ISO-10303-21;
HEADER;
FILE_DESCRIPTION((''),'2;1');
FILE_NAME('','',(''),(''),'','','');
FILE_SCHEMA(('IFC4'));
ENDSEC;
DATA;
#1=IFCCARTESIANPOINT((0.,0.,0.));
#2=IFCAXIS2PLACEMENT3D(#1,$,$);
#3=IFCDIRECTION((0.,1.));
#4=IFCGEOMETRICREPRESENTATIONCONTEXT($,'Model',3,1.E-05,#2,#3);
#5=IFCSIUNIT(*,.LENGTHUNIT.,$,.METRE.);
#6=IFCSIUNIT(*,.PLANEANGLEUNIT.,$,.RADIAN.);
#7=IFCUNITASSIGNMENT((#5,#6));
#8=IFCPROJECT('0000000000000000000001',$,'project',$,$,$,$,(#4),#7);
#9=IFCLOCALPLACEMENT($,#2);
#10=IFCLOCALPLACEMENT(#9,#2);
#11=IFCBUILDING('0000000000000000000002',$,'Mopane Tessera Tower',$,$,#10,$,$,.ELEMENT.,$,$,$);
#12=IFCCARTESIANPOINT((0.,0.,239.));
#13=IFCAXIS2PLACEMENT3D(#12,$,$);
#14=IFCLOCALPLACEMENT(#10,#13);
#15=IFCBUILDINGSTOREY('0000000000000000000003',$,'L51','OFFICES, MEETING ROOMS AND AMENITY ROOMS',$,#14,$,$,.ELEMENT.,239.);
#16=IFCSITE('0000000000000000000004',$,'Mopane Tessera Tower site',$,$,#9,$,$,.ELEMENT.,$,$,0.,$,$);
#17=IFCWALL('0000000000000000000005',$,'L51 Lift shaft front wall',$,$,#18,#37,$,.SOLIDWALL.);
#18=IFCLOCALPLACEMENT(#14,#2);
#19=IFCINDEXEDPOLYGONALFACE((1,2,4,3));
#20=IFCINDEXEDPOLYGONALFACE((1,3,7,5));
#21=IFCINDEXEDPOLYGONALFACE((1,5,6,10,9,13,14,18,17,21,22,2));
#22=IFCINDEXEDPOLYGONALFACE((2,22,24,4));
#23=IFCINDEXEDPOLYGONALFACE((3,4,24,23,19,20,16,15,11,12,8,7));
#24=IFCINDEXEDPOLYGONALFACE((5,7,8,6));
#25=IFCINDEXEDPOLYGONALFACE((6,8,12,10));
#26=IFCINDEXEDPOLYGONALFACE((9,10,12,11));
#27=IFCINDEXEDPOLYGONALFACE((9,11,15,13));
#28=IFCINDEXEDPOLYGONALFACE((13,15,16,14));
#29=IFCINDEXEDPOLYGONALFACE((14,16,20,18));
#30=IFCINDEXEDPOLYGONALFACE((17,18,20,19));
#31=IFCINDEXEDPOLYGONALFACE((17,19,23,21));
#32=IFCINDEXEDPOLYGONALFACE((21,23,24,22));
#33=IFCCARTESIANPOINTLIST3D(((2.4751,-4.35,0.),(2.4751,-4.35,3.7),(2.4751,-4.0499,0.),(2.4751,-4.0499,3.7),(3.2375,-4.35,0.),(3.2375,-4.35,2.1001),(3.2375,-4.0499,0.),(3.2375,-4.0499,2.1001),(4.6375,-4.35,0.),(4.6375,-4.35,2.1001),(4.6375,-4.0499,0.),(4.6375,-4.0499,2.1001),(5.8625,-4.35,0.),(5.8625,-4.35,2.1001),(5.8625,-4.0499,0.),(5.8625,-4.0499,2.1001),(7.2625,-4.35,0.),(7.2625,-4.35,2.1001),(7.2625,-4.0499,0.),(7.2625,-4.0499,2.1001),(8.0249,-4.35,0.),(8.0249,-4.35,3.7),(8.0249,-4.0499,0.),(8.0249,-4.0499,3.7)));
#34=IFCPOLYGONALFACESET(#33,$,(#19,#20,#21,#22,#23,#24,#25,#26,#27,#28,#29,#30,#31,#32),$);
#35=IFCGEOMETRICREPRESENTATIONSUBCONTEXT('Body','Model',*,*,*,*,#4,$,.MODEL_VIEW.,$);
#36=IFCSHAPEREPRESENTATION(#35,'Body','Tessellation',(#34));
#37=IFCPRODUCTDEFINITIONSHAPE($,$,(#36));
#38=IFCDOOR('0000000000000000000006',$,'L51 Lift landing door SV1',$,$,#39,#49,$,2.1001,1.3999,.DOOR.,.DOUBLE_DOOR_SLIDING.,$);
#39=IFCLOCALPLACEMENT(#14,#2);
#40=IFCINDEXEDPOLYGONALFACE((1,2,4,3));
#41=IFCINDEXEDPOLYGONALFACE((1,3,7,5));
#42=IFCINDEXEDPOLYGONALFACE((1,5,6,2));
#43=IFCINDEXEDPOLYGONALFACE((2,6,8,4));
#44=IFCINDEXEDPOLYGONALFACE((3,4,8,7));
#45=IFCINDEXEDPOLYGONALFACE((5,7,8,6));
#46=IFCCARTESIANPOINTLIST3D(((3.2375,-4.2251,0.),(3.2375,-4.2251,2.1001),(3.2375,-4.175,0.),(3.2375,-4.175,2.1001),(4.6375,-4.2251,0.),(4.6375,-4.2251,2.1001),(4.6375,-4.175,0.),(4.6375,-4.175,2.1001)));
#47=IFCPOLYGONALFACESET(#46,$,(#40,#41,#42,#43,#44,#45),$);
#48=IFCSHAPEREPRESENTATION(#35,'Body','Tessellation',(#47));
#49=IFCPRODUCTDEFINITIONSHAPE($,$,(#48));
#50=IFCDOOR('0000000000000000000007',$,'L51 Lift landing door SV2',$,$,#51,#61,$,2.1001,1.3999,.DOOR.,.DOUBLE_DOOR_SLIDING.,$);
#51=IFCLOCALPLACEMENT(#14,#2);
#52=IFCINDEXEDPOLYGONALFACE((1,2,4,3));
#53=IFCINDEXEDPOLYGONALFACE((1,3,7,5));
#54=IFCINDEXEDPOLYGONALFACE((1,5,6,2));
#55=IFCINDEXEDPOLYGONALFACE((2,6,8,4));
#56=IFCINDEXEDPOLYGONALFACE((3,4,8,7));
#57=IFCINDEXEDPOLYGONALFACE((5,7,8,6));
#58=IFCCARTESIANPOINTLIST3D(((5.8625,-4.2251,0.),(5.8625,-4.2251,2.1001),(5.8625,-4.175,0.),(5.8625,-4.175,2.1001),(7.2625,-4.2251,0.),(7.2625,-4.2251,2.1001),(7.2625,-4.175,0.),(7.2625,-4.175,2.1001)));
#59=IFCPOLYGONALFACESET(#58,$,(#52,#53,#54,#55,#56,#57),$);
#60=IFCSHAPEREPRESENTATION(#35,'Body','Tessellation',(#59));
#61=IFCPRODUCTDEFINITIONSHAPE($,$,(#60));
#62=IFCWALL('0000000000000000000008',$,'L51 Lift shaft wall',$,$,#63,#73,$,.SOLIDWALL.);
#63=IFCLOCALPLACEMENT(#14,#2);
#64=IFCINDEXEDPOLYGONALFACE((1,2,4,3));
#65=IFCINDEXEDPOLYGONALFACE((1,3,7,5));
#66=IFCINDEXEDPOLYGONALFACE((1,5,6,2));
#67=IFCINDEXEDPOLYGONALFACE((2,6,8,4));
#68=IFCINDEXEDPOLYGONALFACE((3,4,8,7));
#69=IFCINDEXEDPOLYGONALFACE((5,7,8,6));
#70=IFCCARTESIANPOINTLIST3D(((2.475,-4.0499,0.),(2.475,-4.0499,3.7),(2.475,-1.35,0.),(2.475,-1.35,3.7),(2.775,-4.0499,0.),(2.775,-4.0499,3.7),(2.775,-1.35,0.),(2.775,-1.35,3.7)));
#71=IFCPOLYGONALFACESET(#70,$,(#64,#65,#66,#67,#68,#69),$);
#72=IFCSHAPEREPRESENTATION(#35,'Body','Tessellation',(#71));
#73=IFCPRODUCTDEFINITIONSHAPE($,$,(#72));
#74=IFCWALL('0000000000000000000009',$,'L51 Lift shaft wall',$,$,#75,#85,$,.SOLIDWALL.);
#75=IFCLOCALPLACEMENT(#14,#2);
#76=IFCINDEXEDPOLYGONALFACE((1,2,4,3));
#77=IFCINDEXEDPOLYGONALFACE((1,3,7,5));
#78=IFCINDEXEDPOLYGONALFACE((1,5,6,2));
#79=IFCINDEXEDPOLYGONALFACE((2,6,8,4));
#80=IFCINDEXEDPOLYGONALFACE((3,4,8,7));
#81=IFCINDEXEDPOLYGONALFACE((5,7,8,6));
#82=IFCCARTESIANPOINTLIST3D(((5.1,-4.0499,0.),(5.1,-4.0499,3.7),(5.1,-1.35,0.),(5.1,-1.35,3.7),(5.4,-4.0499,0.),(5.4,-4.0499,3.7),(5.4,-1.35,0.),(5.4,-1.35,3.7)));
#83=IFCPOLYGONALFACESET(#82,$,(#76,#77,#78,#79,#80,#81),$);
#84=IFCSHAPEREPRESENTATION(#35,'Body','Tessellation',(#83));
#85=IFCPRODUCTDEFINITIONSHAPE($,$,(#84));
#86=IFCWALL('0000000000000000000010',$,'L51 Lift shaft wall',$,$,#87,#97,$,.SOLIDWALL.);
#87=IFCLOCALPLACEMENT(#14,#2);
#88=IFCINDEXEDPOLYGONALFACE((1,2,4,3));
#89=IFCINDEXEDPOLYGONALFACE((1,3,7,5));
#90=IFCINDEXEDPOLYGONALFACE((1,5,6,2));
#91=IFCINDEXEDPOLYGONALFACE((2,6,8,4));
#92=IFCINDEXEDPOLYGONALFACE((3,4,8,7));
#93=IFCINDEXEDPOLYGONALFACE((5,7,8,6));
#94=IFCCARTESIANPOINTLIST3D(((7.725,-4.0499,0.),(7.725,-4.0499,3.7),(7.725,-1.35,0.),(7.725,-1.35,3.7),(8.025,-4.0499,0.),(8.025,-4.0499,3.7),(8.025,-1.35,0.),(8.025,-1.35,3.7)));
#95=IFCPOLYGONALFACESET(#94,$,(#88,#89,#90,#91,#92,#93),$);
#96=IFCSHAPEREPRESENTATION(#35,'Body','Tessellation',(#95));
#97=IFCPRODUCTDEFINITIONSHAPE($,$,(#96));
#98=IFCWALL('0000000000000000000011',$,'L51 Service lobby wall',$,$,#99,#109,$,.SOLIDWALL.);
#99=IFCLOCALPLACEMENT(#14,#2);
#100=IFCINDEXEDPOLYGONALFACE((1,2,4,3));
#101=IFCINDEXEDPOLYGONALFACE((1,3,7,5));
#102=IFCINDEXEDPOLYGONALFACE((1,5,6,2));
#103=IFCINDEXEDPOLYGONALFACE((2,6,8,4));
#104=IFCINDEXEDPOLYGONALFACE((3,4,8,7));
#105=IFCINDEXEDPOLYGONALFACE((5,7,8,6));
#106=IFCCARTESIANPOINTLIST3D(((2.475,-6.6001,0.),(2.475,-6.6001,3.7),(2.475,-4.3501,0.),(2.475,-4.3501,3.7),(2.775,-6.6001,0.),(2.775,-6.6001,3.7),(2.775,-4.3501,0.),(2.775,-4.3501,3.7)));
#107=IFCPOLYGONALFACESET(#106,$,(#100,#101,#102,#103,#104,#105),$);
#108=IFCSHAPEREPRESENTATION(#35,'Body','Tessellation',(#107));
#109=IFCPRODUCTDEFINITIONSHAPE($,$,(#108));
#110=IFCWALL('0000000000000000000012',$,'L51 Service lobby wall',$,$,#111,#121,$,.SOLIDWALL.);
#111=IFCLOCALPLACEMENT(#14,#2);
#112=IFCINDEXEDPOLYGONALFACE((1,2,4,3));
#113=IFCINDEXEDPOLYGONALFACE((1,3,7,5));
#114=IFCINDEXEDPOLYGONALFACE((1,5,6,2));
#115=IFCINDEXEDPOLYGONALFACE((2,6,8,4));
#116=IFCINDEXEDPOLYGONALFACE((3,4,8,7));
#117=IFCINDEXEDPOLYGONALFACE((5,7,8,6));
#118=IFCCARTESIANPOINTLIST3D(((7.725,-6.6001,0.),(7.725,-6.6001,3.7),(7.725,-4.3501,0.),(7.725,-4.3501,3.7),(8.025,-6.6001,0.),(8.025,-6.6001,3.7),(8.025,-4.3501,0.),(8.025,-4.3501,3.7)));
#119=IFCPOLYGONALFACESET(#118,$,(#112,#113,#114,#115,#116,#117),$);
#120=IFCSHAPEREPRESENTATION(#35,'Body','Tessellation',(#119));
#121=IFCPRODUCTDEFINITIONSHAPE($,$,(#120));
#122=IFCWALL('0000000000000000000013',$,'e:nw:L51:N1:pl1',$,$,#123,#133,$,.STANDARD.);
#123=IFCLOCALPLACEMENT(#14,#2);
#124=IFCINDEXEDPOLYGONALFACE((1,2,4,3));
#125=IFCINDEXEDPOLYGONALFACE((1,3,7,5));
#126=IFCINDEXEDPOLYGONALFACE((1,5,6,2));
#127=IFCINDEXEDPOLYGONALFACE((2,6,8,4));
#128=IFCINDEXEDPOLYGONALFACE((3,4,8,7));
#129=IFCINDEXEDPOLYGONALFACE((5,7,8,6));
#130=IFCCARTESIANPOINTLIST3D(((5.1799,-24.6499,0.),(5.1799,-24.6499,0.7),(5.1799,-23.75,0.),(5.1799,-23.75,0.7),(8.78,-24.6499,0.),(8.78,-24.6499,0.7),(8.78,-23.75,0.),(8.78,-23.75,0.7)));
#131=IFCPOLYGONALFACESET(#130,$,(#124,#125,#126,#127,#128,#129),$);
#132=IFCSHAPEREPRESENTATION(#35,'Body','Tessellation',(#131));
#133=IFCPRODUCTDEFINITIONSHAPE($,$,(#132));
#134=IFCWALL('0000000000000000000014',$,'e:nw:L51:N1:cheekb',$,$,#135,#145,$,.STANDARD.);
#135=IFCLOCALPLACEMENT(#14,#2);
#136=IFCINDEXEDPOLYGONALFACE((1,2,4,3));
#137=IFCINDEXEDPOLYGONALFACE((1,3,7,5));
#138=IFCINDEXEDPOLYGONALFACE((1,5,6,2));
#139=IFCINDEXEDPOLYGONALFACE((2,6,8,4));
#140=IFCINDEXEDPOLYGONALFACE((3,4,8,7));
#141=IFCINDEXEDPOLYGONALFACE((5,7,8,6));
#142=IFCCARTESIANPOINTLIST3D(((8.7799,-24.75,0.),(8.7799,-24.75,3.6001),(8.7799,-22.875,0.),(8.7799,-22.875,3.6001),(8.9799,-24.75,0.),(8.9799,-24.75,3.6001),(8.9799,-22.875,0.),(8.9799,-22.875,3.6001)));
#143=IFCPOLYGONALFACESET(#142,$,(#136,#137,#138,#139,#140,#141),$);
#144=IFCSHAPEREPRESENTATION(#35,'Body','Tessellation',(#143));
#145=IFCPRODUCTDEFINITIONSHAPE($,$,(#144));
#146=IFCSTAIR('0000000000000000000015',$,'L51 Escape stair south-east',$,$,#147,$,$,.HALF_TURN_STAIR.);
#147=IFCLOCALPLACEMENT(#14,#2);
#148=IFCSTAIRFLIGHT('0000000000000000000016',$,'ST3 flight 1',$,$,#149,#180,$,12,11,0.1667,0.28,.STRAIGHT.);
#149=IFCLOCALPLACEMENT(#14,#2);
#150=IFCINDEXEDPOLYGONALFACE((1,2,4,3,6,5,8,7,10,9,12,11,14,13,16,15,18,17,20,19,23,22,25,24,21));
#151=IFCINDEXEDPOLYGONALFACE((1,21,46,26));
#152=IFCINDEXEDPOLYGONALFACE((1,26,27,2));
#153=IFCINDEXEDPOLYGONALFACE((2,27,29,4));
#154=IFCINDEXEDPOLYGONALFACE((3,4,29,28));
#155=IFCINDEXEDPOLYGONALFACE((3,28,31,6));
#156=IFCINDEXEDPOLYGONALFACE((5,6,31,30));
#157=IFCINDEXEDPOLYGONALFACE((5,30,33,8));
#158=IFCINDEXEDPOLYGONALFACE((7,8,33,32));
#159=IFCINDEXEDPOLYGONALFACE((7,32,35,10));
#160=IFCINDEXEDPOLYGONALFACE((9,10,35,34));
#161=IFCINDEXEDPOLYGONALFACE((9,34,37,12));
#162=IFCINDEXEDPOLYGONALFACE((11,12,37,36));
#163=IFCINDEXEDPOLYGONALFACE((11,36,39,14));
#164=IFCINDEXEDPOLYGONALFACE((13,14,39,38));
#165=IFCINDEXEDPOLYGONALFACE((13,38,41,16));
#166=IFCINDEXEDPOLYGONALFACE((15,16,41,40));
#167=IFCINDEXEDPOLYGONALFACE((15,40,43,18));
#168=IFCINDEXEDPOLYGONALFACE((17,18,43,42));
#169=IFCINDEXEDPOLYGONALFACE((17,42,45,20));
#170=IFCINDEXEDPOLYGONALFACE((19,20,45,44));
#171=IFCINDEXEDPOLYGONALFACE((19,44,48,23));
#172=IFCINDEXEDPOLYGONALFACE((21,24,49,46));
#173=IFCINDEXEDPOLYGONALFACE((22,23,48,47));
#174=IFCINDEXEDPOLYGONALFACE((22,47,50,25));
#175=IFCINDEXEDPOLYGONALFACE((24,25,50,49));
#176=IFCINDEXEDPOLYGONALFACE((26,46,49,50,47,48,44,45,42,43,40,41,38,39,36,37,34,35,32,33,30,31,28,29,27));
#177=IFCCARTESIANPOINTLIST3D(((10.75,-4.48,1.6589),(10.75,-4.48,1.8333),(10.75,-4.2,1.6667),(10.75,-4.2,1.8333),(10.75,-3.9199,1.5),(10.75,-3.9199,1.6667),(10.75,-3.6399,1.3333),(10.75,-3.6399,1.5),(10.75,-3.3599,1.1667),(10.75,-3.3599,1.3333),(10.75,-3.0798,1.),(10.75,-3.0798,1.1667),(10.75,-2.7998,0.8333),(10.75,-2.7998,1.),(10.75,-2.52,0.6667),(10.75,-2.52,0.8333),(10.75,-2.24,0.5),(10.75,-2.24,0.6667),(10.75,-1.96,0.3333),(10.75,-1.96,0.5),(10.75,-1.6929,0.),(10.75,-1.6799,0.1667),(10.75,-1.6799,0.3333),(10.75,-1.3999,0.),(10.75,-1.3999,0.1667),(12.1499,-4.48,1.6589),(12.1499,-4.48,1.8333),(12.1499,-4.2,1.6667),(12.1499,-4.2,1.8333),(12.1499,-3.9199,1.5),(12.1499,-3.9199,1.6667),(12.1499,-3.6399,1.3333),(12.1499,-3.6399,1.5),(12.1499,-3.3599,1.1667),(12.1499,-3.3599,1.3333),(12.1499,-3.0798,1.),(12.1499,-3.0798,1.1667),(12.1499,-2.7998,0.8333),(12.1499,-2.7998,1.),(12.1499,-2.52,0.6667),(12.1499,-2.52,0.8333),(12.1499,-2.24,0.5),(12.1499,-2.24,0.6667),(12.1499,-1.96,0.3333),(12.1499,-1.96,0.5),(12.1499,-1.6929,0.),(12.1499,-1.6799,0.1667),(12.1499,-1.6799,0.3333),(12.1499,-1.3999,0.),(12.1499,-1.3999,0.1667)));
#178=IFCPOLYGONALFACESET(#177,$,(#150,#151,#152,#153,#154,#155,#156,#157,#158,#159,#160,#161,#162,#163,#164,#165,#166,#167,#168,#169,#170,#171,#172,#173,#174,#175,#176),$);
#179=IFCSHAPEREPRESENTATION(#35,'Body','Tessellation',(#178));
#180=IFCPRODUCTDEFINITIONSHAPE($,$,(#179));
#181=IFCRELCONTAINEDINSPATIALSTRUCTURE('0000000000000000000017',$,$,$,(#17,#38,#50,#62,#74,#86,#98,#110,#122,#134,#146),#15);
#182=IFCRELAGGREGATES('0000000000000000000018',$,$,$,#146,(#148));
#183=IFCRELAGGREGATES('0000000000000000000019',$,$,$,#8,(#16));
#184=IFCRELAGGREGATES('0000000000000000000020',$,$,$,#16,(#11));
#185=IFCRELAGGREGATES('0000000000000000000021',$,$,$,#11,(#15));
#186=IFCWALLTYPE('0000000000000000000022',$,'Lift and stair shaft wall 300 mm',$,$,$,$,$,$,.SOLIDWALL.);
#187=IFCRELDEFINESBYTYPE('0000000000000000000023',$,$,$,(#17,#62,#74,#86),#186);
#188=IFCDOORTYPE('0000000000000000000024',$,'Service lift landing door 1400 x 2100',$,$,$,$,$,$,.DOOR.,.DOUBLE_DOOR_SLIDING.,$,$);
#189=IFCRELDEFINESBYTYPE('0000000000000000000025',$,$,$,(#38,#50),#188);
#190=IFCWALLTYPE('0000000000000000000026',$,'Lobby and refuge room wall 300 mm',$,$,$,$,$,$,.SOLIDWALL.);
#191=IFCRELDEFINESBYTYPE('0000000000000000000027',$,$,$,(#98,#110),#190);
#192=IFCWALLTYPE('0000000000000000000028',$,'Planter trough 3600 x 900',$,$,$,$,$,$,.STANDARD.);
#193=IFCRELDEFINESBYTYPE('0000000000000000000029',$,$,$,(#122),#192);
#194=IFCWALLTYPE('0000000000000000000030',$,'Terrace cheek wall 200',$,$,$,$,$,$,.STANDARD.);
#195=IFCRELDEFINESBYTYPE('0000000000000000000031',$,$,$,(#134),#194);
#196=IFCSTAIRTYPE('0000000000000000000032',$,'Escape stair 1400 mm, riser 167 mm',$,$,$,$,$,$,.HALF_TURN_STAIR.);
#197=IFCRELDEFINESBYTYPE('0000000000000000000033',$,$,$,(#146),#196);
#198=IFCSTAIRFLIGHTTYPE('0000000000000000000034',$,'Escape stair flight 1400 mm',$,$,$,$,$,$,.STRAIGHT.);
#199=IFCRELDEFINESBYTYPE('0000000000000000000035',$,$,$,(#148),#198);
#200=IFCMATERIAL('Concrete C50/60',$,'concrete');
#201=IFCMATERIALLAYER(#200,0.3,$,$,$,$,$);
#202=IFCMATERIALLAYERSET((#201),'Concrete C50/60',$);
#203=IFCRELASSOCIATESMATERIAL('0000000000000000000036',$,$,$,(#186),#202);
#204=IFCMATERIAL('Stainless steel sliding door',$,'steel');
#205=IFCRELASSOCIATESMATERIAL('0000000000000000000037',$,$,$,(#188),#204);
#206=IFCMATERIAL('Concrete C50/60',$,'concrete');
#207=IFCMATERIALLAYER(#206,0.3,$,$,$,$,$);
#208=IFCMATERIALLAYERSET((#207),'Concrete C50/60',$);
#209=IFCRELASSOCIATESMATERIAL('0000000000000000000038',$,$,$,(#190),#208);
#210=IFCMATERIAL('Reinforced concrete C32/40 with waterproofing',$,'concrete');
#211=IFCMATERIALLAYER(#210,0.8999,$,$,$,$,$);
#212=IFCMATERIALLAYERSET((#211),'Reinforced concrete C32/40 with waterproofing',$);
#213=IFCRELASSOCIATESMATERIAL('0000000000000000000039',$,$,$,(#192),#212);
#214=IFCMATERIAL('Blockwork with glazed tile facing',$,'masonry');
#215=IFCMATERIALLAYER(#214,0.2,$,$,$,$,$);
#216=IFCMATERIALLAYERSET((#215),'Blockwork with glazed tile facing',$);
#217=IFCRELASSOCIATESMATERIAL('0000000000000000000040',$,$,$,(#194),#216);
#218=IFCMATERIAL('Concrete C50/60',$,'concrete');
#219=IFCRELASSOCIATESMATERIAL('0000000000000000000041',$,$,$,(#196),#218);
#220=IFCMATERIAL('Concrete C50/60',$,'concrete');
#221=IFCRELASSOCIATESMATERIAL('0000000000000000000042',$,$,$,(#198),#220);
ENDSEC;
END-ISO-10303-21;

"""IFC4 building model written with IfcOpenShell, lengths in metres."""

from ifc_helpers import new_model, si_unit, direction, frame, frame_2d, origin, place, context, subcontext, project, spatial, polyline, rectangle, outline, extrude, material, layer, layer_set, type_object, element, fill, aggregate, save


model = new_model("IFC4")

# Units and contexts
model_context = context("Model", 3, precision=1e-05, world=origin(), true_north=direction((0.0, 1.0)))
body_context = subcontext(model_context, "Body", "Model", "MODEL_VIEW")
ifc_project = project(units=[si_unit("LENGTHUNIT", "METRE"), si_unit("PLANEANGLEUNIT", "RADIAN")], contexts=[model_context])

# Site, building, storey
site_placement = place(None, origin())
site = spatial("IfcSite", under=ifc_project, at=site_placement, Name="Mopane Tessera Tower site", CompositionType="ELEMENT", RefElevation=0.0)
building_placement = place(site_placement, origin())
building = spatial("IfcBuilding", under=site, at=building_placement, Name="Mopane Tessera Tower", CompositionType="ELEMENT")
storey_placement = place(building_placement, frame((0.0, 0.0, 239.0)))
storey = spatial("IfcBuildingStorey", under=building, at=storey_placement, Name="L51", Description="OFFICES, MEETING ROOMS AND AMENITY ROOMS", CompositionType="ELEMENT", Elevation=239.0)

# Wall, openings, doors
ifc_material_1 = material(Name="Concrete C50/60", Category="concrete")
ifc_layer_1 = layer(ifc_material_1, 0.3)
ifc_layer_set_1 = layer_set([ifc_layer_1], Name="Concrete C50/60")
wall_type_1 = type_object("IfcWallType", Name="Lift and stair shaft wall 300 mm", PredefinedType="SOLIDWALL", material=ifc_layer_set_1)
wall_1_placement = place(storey_placement, frame((2.4751, -4.2, 0.0), z_axis=(0.0, 0.0, 1.0), x_axis=(1.0, 0.0, 0.0)))
wall_1 = element("IfcWall", 1, at=wall_1_placement, inside=storey, type_object=wall_type_1, Name="L51 Lift shaft front wall", PredefinedType="SOLIDWALL", context=body_context, shape_type="SweptSolid", body=[
    extrude(rectangle(XDim=5.5498, YDim=0.3, at=frame_2d((2.7749, 0.0))), origin(), (0.0, 0.0, 1.0), 3.7),
])
opening_1_placement = place(wall_1_placement, frame((0.7625, 0.0, 0.0)))
opening_1 = element("IfcOpeningElement", 2, at=opening_1_placement, cuts=wall_1, PredefinedType="OPENING", context=body_context, shape_type="SweptSolid", body=[
    extrude(rectangle(XDim=1.3999, YDim=2.1001, at=frame_2d((0.7, 1.05))), frame((0.0, 0.1621, 0.0), z_axis=(0.0, -1.0, 0.0), x_axis=(1.0, 0.0, 0.0)), (0.0, 0.0, 1.0), 0.324),
])
opening_2_placement = place(wall_1_placement, frame((3.3875, 0.0, 0.0)))
opening_2 = element("IfcOpeningElement", 3, at=opening_2_placement, cuts=wall_1, PredefinedType="OPENING", context=body_context, shape_type="SweptSolid", body=[
    extrude(rectangle(XDim=1.3999, YDim=2.1001, at=frame_2d((0.7, 1.05))), frame((0.0, 0.1621, 0.0), z_axis=(0.0, -1.0, 0.0), x_axis=(1.0, 0.0, 0.0)), (0.0, 0.0, 1.0), 0.324),
])
ifc_material_2 = material(Name="Stainless steel sliding door", Category="steel")
door_type = type_object("IfcDoorType", Name="Service lift landing door 1400 x 2100", OperationType="DOUBLE_DOOR_SLIDING", PredefinedType="DOOR", material=ifc_material_2)
door_1_placement = place(opening_1_placement, origin())
door_1 = element("IfcDoor", 4, at=door_1_placement, inside=storey, type_object=door_type, Name="L51 Lift landing door SV1", OperationType="DOUBLE_DOOR_SLIDING", OverallHeight=2.1001, OverallWidth=1.3999, PredefinedType="DOOR", context=body_context, shape_type="SweptSolid", body=[
    extrude(rectangle(XDim=1.3999, YDim=2.1001, at=frame_2d((0.7, 1.05))), frame((0.0, 0.0249, 0.0), z_axis=(0.0, -1.0, 0.0), x_axis=(1.0, 0.0, 0.0)), (0.0, 0.0, 1.0), 0.05),
])
fill(opening_1, door_1)
door_2_placement = place(opening_2_placement, origin())
door_2 = element("IfcDoor", 5, at=door_2_placement, inside=storey, type_object=door_type, Name="L51 Lift landing door SV2", OperationType="DOUBLE_DOOR_SLIDING", OverallHeight=2.1001, OverallWidth=1.3999, PredefinedType="DOOR", context=body_context, shape_type="SweptSolid", body=[
    extrude(rectangle(XDim=1.3999, YDim=2.1001, at=frame_2d((0.7, 1.05))), frame((0.0, 0.0249, 0.0), z_axis=(0.0, -1.0, 0.0), x_axis=(1.0, 0.0, 0.0)), (0.0, 0.0, 1.0), 0.05),
])
fill(opening_2, door_2)

# Walls
for number, where, z_axis, x_axis, name in (
    (6, (2.625, -4.05, 0.0), (0.0, 0.0, 1.0), (0.0, 1.0, 0.0), "L51 Lift shaft wall"),
    (7, (5.25, -4.05, 0.0), (0.0, 0.0, 1.0), (0.0, 1.0, 0.0), "L51 Lift shaft wall"),
    (8, (7.875, -4.05, 0.0), (0.0, 0.0, 1.0), (0.0, 1.0, 0.0), "L51 Lift shaft wall"),
):
    element("IfcWall", number, at=place(storey_placement, frame(where, z_axis=z_axis, x_axis=x_axis)), inside=storey, type_object=wall_type_1, Name=name, PredefinedType="SOLIDWALL", context=body_context, shape_type="SweptSolid", body=[
        extrude(rectangle(XDim=2.7, YDim=0.3, at=frame_2d((1.3501, 0.0))), origin(), (0.0, 0.0, 1.0), 3.7),
    ])
ifc_material_3 = material(Name="Concrete C50/60", Category="concrete")
ifc_layer_2 = layer(ifc_material_3, 0.3)
ifc_layer_set_2 = layer_set([ifc_layer_2], Name="Concrete C50/60")
wall_type_2 = type_object("IfcWallType", Name="Lobby and refuge room wall 300 mm", PredefinedType="SOLIDWALL", material=ifc_layer_set_2)
for number, where, z_axis, x_axis, name in (
    (9, (2.625, -6.6001, 0.0), (0.0, 0.0, 1.0), (0.0, 1.0, 0.0), "L51 Service lobby wall"),
    (10, (7.875, -6.6001, 0.0), (0.0, 0.0, 1.0), (0.0, 1.0, 0.0), "L51 Service lobby wall"),
):
    element("IfcWall", number, at=place(storey_placement, frame(where, z_axis=z_axis, x_axis=x_axis)), inside=storey, type_object=wall_type_2, Name=name, PredefinedType="SOLIDWALL", context=body_context, shape_type="SweptSolid", body=[
        extrude(rectangle(XDim=2.25, YDim=0.3, at=frame_2d((1.125, 0.0))), origin(), (0.0, 0.0, 1.0), 3.7),
    ])
ifc_material_4 = material(Name="Reinforced concrete C32/40 with waterproofing", Category="concrete")
ifc_layer_3 = layer(ifc_material_4, 0.8999)
ifc_layer_set_3 = layer_set([ifc_layer_3], Name="Reinforced concrete C32/40 with waterproofing")
wall_type_3 = type_object("IfcWallType", Name="Planter trough 3600 x 900", PredefinedType="STANDARD", material=ifc_layer_set_3)
wall_2_placement = place(storey_placement, frame((5.1799, -24.2, 0.0), z_axis=(0.0, 0.0, 1.0), x_axis=(1.0, 0.0, 0.0)))
element("IfcWall", 11, at=wall_2_placement, inside=storey, type_object=wall_type_3, Name="e:nw:L51:N1:pl1", PredefinedType="STANDARD", context=body_context, shape_type="SweptSolid", body=[
    extrude(rectangle(XDim=3.6001, YDim=0.8999, at=frame_2d((1.8, 0.0))), origin(), (0.0, 0.0, 1.0), 0.7),
])
ifc_material_5 = material(Name="Blockwork with glazed tile facing", Category="masonry")
ifc_layer_4 = layer(ifc_material_5, 0.2)
ifc_layer_set_4 = layer_set([ifc_layer_4], Name="Blockwork with glazed tile facing")
wall_type_4 = type_object("IfcWallType", Name="Terrace cheek wall 200", PredefinedType="STANDARD", material=ifc_layer_set_4)
wall_3_placement = place(storey_placement, frame((8.8799, -24.75, 0.0), z_axis=(0.0, 0.0, 1.0), x_axis=(0.0, 1.0, 0.0)))
element("IfcWall", 12, at=wall_3_placement, inside=storey, type_object=wall_type_4, Name="e:nw:L51:N1:cheekb", PredefinedType="STANDARD", context=body_context, shape_type="SweptSolid", body=[
    extrude(rectangle(XDim=1.875, YDim=0.2, at=frame_2d((0.9375, 0.0))), origin(), (0.0, 0.0, 1.0), 3.6001),
])

# Stair, stair flight
ifc_material_6 = material(Name="Concrete C50/60", Category="concrete")
stair_type = type_object("IfcStairType", Name="Escape stair 1400 mm, riser 167 mm", PredefinedType="HALF_TURN_STAIR", material=ifc_material_6)
stair_placement = place(storey_placement, origin())
stair = element("IfcStair", 13, at=stair_placement, inside=storey, type_object=stair_type, Name="L51 Escape stair south-east", PredefinedType="HALF_TURN_STAIR")
ifc_material_7 = material(Name="Concrete C50/60", Category="concrete")
stair_flight_type = type_object("IfcStairFlightType", Name="Escape stair flight 1400 mm", PredefinedType="STRAIGHT", material=ifc_material_7)
stair_flight_placement = place(storey_placement, frame((11.45, -1.3999, 0.0), z_axis=(0.0, 0.0, 1.0), x_axis=(0.0, -1.0, 0.0)))
stair_flight = element("IfcStairFlight", 14, at=stair_flight_placement, type_object=stair_flight_type, Name="ST3 flight 1", NumberOfRisers=12, NumberOfTreads=11, PredefinedType="STRAIGHT", RiserHeight=0.1667, TreadLength=0.28, context=body_context, shape_type="SweptSolid", body=[
    extrude(outline(polyline([(0.0, 0.0), (0.0, 0.1667), (0.28, 0.1667), (0.28, 0.3333), (0.5601, 0.3333), (0.5601, 0.5), (0.8401, 0.5), (0.8401, 0.6667), (1.1201, 0.6667), (1.1201, 0.8333), (1.3999, 0.8333), (1.3999, 1.0), (1.6799, 1.0), (1.6799, 1.1667), (1.96, 1.1667), (1.96, 1.3333), (2.24, 1.3333), (2.24, 1.5), (2.52, 1.5), (2.52, 1.6667), (2.8, 1.6667), (2.8, 1.8333), (3.0801, 1.8333), (3.0801, 2.0), (3.0801, 1.6589), (0.293, 0.0), (0.0, 0.0)])), frame((0.0, 0.7, 0.0), z_axis=(0.0, -1.0, 0.0), x_axis=(1.0, 0.0, 0.0)), (0.0, 0.0, 1.0), 1.3999),
])
aggregate(stair, [stair_flight])

save(model, "model.ifc")
